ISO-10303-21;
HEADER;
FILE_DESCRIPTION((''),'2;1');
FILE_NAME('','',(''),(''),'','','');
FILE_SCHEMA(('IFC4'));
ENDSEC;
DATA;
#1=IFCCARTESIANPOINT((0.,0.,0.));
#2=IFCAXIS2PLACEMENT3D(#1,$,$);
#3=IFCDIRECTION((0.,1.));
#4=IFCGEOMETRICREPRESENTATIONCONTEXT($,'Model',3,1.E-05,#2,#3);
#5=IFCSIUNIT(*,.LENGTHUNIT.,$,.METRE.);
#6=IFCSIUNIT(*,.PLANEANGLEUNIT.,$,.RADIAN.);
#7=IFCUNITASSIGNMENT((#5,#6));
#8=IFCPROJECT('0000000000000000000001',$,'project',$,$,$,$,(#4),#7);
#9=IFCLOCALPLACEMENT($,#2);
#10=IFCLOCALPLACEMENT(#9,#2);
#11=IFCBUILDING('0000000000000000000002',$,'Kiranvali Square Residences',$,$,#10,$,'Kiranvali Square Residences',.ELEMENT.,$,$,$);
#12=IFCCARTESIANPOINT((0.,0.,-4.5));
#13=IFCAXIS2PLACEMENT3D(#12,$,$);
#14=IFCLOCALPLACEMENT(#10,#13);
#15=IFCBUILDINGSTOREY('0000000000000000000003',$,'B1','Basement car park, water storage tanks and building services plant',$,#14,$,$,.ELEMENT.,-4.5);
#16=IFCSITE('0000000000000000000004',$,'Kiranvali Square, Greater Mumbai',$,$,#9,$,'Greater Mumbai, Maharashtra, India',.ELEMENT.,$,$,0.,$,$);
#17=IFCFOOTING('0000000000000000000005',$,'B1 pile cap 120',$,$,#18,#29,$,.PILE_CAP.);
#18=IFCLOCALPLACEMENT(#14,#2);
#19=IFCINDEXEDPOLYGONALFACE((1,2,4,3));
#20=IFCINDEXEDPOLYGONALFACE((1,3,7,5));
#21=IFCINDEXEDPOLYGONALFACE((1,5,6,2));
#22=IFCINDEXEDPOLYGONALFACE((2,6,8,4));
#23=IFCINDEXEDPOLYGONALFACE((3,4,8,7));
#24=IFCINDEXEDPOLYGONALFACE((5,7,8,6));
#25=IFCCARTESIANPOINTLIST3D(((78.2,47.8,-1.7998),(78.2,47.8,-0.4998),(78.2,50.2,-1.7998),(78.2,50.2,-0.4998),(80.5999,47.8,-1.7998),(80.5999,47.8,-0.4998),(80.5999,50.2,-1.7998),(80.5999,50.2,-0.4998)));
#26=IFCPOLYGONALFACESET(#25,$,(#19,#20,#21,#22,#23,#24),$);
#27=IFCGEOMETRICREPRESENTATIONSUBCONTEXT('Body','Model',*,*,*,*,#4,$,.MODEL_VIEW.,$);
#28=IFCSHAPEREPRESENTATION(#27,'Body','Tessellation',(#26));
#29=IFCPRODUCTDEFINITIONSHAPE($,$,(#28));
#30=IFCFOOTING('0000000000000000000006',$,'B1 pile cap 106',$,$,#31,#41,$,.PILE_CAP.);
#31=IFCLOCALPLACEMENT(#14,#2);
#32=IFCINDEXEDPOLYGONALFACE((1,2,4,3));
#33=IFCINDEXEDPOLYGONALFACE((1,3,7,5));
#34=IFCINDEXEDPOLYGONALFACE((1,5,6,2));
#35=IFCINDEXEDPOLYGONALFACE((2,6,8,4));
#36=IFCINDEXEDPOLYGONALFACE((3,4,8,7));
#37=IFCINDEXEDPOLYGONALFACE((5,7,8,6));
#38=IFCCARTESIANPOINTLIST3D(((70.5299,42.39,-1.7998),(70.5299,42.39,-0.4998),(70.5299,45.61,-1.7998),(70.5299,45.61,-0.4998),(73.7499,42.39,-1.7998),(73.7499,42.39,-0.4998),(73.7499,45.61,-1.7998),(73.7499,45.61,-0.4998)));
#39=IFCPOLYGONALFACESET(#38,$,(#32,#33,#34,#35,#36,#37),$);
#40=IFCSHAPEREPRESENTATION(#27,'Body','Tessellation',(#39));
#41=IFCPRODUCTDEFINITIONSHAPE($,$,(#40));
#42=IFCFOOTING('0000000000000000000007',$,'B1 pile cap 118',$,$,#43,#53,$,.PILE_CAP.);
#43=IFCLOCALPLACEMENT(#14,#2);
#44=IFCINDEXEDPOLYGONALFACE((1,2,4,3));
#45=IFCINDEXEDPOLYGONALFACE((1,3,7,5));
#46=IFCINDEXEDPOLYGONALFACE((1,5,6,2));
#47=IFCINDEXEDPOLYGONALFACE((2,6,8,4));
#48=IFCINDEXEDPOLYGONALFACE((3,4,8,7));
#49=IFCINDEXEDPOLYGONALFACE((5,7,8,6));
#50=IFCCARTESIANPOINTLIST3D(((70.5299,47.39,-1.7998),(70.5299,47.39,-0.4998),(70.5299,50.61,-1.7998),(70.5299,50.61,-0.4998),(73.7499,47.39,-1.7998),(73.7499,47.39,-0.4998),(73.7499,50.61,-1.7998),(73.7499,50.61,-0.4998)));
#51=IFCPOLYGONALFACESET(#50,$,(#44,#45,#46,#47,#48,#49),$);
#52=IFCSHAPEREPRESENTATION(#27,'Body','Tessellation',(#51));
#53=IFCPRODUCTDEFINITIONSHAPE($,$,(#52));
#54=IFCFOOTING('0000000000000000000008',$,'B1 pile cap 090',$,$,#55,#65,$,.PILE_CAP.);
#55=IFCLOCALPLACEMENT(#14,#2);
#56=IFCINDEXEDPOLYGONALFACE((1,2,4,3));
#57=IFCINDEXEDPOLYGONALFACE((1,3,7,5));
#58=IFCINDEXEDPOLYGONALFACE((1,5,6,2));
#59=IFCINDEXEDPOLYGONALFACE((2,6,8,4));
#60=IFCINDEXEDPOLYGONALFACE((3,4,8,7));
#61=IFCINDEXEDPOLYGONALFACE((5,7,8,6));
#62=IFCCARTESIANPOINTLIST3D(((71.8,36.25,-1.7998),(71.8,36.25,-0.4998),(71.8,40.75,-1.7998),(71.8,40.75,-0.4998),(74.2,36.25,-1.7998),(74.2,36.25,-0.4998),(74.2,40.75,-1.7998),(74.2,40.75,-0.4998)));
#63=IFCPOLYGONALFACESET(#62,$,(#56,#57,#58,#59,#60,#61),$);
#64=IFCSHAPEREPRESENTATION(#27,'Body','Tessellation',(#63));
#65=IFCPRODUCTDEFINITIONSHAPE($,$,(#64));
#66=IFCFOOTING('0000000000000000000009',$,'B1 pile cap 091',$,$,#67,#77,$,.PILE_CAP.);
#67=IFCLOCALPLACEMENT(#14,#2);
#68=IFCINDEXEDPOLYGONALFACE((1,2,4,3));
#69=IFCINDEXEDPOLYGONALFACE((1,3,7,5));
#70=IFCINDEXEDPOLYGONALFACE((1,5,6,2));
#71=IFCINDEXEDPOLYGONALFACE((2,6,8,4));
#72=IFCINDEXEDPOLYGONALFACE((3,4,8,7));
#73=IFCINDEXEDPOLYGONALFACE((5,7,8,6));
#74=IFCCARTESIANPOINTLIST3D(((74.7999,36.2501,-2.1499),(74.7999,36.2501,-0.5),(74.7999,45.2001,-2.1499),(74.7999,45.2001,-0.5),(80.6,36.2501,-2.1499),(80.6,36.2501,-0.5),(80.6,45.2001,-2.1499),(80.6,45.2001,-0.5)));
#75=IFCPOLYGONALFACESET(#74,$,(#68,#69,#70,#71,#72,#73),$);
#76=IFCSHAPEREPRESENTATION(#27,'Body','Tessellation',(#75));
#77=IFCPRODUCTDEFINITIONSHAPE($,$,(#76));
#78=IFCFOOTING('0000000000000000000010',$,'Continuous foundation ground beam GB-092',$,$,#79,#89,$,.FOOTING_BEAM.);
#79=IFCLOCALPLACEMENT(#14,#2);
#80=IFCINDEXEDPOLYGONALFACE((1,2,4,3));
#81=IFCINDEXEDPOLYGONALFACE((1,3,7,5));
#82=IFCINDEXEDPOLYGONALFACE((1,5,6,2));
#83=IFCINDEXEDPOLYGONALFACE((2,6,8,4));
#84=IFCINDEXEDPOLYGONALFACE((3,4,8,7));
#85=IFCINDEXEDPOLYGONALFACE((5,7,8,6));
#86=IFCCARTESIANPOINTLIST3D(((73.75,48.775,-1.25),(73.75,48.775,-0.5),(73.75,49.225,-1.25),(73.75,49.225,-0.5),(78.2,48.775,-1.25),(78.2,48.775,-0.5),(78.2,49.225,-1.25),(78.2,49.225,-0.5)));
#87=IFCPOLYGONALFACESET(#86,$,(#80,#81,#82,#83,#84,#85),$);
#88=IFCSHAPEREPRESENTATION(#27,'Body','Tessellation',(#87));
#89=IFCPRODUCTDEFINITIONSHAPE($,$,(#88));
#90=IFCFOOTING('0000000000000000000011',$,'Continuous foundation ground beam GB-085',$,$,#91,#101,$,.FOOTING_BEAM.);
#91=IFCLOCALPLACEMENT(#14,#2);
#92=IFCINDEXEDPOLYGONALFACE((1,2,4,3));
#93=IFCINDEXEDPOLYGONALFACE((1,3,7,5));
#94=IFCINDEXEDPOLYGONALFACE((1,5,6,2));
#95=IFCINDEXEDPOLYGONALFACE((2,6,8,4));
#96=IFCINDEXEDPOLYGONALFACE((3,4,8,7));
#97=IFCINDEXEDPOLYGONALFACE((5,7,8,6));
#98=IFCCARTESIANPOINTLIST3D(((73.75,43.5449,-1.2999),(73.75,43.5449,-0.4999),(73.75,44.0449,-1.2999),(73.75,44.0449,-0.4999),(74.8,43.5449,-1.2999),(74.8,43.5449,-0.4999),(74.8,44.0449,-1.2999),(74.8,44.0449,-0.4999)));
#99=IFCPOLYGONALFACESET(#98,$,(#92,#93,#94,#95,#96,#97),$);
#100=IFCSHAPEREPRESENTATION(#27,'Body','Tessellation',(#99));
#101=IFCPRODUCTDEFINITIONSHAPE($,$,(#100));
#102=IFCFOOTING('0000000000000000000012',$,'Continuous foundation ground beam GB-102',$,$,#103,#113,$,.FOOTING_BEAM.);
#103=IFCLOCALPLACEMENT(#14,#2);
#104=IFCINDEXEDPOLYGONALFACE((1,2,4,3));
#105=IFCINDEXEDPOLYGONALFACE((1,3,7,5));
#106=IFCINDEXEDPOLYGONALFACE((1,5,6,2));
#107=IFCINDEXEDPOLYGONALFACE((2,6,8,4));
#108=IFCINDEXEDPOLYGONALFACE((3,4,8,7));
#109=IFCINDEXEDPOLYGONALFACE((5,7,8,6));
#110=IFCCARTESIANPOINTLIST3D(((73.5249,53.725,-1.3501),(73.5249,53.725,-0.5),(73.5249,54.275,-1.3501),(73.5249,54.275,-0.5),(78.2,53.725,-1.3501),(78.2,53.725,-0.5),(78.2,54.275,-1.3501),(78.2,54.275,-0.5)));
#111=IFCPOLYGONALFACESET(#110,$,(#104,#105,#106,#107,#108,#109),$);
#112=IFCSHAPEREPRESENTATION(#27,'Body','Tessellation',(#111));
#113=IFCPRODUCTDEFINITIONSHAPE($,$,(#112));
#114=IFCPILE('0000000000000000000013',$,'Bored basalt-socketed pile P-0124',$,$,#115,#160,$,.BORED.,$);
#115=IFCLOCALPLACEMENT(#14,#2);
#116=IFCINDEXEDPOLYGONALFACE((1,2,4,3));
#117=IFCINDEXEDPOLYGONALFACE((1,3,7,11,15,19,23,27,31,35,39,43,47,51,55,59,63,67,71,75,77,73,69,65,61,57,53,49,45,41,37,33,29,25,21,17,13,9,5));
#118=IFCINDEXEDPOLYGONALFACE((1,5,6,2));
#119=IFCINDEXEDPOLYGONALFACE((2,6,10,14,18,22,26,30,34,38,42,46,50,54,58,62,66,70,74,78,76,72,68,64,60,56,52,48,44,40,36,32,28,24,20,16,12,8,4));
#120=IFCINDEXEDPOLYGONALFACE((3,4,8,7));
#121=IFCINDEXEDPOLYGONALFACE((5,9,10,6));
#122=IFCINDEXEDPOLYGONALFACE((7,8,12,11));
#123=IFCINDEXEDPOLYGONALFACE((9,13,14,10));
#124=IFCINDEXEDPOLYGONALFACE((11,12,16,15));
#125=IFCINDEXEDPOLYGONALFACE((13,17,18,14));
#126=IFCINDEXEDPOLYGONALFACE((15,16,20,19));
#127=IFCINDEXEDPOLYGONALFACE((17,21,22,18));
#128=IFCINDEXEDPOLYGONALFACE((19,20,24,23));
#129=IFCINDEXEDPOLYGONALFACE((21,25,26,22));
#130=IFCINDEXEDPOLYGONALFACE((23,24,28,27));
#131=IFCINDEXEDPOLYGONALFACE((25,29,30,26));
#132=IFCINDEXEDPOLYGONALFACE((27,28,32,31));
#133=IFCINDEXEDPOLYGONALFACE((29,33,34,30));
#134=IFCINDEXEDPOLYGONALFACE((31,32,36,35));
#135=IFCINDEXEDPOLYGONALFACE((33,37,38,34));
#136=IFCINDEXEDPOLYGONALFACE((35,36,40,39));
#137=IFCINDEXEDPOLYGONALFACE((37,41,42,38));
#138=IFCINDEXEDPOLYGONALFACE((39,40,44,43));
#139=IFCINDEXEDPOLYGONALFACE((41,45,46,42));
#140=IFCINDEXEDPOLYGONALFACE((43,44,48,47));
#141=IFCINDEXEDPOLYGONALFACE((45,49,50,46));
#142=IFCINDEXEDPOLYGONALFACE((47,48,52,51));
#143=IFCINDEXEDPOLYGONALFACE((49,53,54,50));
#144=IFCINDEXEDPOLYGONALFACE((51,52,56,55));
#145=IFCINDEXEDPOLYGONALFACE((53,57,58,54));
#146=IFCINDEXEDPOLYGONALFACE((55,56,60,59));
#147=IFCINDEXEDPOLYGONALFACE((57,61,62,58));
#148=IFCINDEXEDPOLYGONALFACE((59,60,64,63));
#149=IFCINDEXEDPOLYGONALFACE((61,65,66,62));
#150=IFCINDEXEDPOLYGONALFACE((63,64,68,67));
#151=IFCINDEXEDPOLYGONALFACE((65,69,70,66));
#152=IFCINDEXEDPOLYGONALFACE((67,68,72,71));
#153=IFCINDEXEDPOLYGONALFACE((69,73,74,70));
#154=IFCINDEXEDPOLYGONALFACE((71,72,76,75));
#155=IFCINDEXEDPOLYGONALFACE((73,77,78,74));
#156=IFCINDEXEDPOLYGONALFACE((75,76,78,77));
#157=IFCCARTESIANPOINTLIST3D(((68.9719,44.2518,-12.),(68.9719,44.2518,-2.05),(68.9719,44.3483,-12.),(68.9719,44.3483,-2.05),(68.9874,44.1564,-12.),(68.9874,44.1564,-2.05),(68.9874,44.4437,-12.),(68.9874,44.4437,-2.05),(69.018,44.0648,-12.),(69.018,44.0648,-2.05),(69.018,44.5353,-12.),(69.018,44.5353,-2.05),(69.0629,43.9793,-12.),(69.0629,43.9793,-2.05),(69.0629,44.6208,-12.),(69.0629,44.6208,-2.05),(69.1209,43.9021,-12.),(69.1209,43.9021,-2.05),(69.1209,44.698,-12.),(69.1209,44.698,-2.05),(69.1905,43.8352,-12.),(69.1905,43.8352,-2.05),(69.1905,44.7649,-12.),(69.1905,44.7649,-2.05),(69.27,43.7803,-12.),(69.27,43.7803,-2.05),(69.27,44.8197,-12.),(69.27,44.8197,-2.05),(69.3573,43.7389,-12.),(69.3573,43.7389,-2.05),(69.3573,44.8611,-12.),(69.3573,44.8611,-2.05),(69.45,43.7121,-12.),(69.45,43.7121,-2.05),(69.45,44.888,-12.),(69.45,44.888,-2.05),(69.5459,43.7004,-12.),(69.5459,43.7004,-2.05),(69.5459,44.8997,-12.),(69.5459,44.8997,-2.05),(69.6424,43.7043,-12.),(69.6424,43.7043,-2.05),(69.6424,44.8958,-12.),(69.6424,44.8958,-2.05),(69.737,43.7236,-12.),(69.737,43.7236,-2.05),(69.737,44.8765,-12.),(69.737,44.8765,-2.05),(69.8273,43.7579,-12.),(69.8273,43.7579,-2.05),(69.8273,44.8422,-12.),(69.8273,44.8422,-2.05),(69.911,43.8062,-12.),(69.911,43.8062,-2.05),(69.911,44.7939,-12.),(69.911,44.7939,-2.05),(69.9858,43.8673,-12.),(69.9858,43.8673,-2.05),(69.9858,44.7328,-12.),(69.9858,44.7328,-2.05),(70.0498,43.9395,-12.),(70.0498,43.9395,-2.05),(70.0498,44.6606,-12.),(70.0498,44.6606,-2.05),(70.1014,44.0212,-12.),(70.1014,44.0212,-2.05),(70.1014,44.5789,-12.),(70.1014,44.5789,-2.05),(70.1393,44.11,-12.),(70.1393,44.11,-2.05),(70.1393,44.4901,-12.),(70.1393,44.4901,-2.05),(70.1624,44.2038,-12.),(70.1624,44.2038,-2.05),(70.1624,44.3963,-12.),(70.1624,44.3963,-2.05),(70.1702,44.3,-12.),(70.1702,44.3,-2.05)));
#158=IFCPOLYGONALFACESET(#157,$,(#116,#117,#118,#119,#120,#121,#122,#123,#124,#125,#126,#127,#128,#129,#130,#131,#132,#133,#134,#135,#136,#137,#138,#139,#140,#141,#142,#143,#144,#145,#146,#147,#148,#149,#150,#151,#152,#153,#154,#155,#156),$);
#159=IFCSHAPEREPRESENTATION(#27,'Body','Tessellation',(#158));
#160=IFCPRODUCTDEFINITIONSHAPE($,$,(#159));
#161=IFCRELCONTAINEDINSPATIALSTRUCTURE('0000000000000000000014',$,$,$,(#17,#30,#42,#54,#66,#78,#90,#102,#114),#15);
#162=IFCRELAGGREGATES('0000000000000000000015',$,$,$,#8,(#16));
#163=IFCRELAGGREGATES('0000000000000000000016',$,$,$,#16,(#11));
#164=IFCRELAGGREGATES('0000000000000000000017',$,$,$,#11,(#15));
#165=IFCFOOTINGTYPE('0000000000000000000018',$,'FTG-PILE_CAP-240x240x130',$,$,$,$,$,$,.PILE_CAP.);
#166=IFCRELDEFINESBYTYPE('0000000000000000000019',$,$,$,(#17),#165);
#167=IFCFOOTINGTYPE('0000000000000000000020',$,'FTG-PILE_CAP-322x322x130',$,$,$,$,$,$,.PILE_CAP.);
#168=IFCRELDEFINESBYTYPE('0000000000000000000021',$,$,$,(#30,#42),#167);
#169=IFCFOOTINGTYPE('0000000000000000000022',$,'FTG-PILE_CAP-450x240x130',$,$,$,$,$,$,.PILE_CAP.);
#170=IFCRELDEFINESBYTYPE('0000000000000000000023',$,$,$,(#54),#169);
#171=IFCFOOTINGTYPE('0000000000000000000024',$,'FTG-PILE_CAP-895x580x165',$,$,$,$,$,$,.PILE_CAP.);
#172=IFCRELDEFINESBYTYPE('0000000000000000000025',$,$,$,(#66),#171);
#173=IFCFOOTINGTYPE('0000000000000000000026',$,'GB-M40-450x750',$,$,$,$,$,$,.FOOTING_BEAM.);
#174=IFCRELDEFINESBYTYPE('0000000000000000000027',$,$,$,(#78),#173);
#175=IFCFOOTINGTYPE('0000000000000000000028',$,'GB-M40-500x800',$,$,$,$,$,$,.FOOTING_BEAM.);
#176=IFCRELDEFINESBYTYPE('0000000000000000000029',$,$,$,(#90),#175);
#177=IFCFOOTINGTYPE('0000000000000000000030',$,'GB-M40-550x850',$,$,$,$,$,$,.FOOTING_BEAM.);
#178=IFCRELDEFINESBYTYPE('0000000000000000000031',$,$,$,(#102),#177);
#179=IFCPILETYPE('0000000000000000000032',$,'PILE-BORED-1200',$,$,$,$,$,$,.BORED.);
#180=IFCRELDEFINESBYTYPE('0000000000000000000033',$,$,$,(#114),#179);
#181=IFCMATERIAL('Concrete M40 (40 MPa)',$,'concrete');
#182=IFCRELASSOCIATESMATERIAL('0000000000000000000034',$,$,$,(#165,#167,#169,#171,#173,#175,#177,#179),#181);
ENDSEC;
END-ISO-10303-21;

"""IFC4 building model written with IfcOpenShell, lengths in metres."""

from ifc_helpers import new_model, si_unit, direction, frame, origin, origin_2d, place, context, subcontext, project, spatial, rectangle, circle, extrude, material, material_profile, profile_set, type_object, element, save


model = new_model("IFC4")

# Units and contexts
model_context = context("Model", 3, precision=1e-05, world=origin(), true_north=direction((0.0, 1.0)))
body_context = subcontext(model_context, "Body", "Model", "MODEL_VIEW")
ifc_project = project(units=[si_unit("LENGTHUNIT", "METRE"), si_unit("PLANEANGLEUNIT", "RADIAN")], contexts=[model_context])

# Site, building, storey
site_placement = place(None, origin())
site = spatial("IfcSite", under=ifc_project, at=site_placement, Name="Kiranvali Square, Greater Mumbai", LongName="Greater Mumbai, Maharashtra, India", CompositionType="ELEMENT", RefElevation=0.0)
building_placement = place(site_placement, origin())
building = spatial("IfcBuilding", under=site, at=building_placement, Name="Kiranvali Square Residences", LongName="Kiranvali Square Residences", CompositionType="ELEMENT")
storey_placement = place(building_placement, frame((0.0, 0.0, -4.5)))
storey = spatial("IfcBuildingStorey", under=building, at=storey_placement, Name="B1", Description="Basement car park, water storage tanks and building services plant", CompositionType="ELEMENT", Elevation=-4.5)

# Footings
ifc_material_1 = material(Name="Concrete M40 (40 MPa)", Category="concrete")
footing_type_1 = type_object("IfcFootingType", Name="FTG-PILE_CAP-240x240x130", PredefinedType="PILE_CAP", material=ifc_material_1)
footing_1_placement = place(storey_placement, frame((79.3999, 49.0, -1.7998), z_axis=(0.0, 0.0, 1.0), x_axis=(1.0, 0.0, 0.0)))
element("IfcFooting", 1, at=footing_1_placement, inside=storey, type_object=footing_type_1, Name="B1 pile cap 120", PredefinedType="PILE_CAP", context=body_context, shape_type="SweptSolid", body=[
    extrude(rectangle(XDim=2.3999, YDim=2.3999, at=origin_2d()), origin(), (0.0, 0.0, 1.0), 1.3),
])
footing_type_2 = type_object("IfcFootingType", Name="FTG-PILE_CAP-322x322x130", PredefinedType="PILE_CAP", material=ifc_material_1)
for number, where, z_axis, x_axis, name in (
    (2, (72.1399, 44.0, -1.7998), (0.0, 0.0, 1.0), (1.0, 0.0, 0.0), "B1 pile cap 106"),
    (3, (72.1399, 49.0, -1.7998), (0.0, 0.0, 1.0), (1.0, 0.0, 0.0), "B1 pile cap 118"),
):
    element("IfcFooting", number, at=place(storey_placement, frame(where, z_axis=z_axis, x_axis=x_axis)), inside=storey, type_object=footing_type_2, Name=name, PredefinedType="PILE_CAP", context=body_context, shape_type="SweptSolid", body=[
        extrude(rectangle(XDim=3.22, YDim=3.22, at=origin_2d()), origin(), (0.0, 0.0, 1.0), 1.3),
    ])
footing_type_3 = type_object("IfcFootingType", Name="FTG-PILE_CAP-450x240x130", PredefinedType="PILE_CAP", material=ifc_material_1)
footing_2_placement = place(storey_placement, frame((73.0, 38.5, -1.7998), z_axis=(0.0, 0.0, 1.0), x_axis=(0.0, 1.0, 0.0)))
element("IfcFooting", 4, at=footing_2_placement, inside=storey, type_object=footing_type_3, Name="B1 pile cap 090", PredefinedType="PILE_CAP", context=body_context, shape_type="SweptSolid", body=[
    extrude(rectangle(XDim=4.5, YDim=2.3999, at=origin_2d()), origin(), (0.0, 0.0, 1.0), 1.3),
])
footing_type_4 = type_object("IfcFootingType", Name="FTG-PILE_CAP-895x580x165", PredefinedType="PILE_CAP", material=ifc_material_1)
footing_3_placement = place(storey_placement, frame((77.7, 40.7251, -2.1499), z_axis=(0.0, 0.0, 1.0), x_axis=(0.0, 1.0, 0.0)))
element("IfcFooting", 5, at=footing_3_placement, inside=storey, type_object=footing_type_4, Name="B1 pile cap 091", PredefinedType="PILE_CAP", context=body_context, shape_type="SweptSolid", body=[
    extrude(rectangle(XDim=8.95, YDim=5.8, at=origin_2d()), origin(), (0.0, 0.0, 1.0), 1.6499),
])
ifc_material_profile_1 = material_profile(ifc_material_1, rectangle(XDim=0.45, YDim=0.75, at=origin_2d()), Name="GB 450x750")
ifc_profile_set_1 = profile_set([ifc_material_profile_1], Name="Concrete M40 (40 MPa)")
footing_type_5 = type_object("IfcFootingType", Name="GB-M40-450x750", PredefinedType="FOOTING_BEAM", material=ifc_profile_set_1)
footing_4_placement = place(storey_placement, frame((73.75, 49.0, -0.875), z_axis=(1.0, 0.0, 0.0), x_axis=(0.0, 1.0, 0.0)))
element("IfcFooting", 6, at=footing_4_placement, inside=storey, type_object=footing_type_5, Name="Continuous foundation ground beam GB-092", PredefinedType="FOOTING_BEAM", context=body_context, shape_type="SweptSolid", body=[
    extrude(rectangle(XDim=0.45, YDim=0.75, at=origin_2d()), origin(), (0.0, 0.0, 1.0), 4.45),
])
ifc_material_profile_2 = material_profile(ifc_material_1, rectangle(XDim=0.5, YDim=0.8, at=origin_2d()), Name="GB 500x800")
ifc_profile_set_2 = profile_set([ifc_material_profile_2], Name="Concrete M40 (40 MPa)")
footing_type_6 = type_object("IfcFootingType", Name="GB-M40-500x800", PredefinedType="FOOTING_BEAM", material=ifc_profile_set_2)
footing_5_placement = place(storey_placement, frame((73.75, 43.7949, -0.8999), z_axis=(1.0, 0.0, 0.0), x_axis=(0.0, 1.0, 0.0)))
element("IfcFooting", 7, at=footing_5_placement, inside=storey, type_object=footing_type_6, Name="Continuous foundation ground beam GB-085", PredefinedType="FOOTING_BEAM", context=body_context, shape_type="SweptSolid", body=[
    extrude(rectangle(XDim=0.5, YDim=0.8, at=origin_2d()), origin(), (0.0, 0.0, 1.0), 1.05),
])
ifc_material_profile_3 = material_profile(ifc_material_1, rectangle(XDim=0.55, YDim=0.8501, at=origin_2d()), Name="GB 550x850")
ifc_profile_set_3 = profile_set([ifc_material_profile_3], Name="Concrete M40 (40 MPa)")
footing_type_7 = type_object("IfcFootingType", Name="GB-M40-550x850", PredefinedType="FOOTING_BEAM", material=ifc_profile_set_3)
footing_6_placement = place(storey_placement, frame((73.5249, 54.0, -0.925), z_axis=(1.0, 0.0, 0.0), x_axis=(0.0, 1.0, 0.0)))
element("IfcFooting", 8, at=footing_6_placement, inside=storey, type_object=footing_type_7, Name="Continuous foundation ground beam GB-102", PredefinedType="FOOTING_BEAM", context=body_context, shape_type="SweptSolid", body=[
    extrude(rectangle(XDim=0.55, YDim=0.8501, at=origin_2d()), origin(), (0.0, 0.0, 1.0), 4.675),
])

# Pile
ifc_material_profile_4 = material_profile(ifc_material_1, circle(Radius=0.6001, at=origin_2d()), Name="BORED PILE 1200")
ifc_profile_set_4 = profile_set([ifc_material_profile_4], Name="Concrete M40 (40 MPa)")
pile_type_1 = type_object("IfcPileType", Name="PILE-BORED-1200", PredefinedType="BORED", material=ifc_profile_set_4)
for number, where, z_axis, x_axis, name in (
    (9, (69.5701, 44.3, -2.05), (0.0, 0.0, -1.0), (1.0, 0.0, 0.0), "Bored basalt-socketed pile P-0124"),
):
    element("IfcPile", number, at=place(storey_placement, frame(where, z_axis=z_axis, x_axis=x_axis)), inside=storey, type_object=pile_type_1, Name=name, PredefinedType="BORED", context=body_context, shape_type="SweptSolid", body=[
        extrude(circle(Radius=0.6001, at=origin_2d()), origin(), (0.0, 0.0, 1.0), 9.95),
    ])

save(model, "model.ifc")
